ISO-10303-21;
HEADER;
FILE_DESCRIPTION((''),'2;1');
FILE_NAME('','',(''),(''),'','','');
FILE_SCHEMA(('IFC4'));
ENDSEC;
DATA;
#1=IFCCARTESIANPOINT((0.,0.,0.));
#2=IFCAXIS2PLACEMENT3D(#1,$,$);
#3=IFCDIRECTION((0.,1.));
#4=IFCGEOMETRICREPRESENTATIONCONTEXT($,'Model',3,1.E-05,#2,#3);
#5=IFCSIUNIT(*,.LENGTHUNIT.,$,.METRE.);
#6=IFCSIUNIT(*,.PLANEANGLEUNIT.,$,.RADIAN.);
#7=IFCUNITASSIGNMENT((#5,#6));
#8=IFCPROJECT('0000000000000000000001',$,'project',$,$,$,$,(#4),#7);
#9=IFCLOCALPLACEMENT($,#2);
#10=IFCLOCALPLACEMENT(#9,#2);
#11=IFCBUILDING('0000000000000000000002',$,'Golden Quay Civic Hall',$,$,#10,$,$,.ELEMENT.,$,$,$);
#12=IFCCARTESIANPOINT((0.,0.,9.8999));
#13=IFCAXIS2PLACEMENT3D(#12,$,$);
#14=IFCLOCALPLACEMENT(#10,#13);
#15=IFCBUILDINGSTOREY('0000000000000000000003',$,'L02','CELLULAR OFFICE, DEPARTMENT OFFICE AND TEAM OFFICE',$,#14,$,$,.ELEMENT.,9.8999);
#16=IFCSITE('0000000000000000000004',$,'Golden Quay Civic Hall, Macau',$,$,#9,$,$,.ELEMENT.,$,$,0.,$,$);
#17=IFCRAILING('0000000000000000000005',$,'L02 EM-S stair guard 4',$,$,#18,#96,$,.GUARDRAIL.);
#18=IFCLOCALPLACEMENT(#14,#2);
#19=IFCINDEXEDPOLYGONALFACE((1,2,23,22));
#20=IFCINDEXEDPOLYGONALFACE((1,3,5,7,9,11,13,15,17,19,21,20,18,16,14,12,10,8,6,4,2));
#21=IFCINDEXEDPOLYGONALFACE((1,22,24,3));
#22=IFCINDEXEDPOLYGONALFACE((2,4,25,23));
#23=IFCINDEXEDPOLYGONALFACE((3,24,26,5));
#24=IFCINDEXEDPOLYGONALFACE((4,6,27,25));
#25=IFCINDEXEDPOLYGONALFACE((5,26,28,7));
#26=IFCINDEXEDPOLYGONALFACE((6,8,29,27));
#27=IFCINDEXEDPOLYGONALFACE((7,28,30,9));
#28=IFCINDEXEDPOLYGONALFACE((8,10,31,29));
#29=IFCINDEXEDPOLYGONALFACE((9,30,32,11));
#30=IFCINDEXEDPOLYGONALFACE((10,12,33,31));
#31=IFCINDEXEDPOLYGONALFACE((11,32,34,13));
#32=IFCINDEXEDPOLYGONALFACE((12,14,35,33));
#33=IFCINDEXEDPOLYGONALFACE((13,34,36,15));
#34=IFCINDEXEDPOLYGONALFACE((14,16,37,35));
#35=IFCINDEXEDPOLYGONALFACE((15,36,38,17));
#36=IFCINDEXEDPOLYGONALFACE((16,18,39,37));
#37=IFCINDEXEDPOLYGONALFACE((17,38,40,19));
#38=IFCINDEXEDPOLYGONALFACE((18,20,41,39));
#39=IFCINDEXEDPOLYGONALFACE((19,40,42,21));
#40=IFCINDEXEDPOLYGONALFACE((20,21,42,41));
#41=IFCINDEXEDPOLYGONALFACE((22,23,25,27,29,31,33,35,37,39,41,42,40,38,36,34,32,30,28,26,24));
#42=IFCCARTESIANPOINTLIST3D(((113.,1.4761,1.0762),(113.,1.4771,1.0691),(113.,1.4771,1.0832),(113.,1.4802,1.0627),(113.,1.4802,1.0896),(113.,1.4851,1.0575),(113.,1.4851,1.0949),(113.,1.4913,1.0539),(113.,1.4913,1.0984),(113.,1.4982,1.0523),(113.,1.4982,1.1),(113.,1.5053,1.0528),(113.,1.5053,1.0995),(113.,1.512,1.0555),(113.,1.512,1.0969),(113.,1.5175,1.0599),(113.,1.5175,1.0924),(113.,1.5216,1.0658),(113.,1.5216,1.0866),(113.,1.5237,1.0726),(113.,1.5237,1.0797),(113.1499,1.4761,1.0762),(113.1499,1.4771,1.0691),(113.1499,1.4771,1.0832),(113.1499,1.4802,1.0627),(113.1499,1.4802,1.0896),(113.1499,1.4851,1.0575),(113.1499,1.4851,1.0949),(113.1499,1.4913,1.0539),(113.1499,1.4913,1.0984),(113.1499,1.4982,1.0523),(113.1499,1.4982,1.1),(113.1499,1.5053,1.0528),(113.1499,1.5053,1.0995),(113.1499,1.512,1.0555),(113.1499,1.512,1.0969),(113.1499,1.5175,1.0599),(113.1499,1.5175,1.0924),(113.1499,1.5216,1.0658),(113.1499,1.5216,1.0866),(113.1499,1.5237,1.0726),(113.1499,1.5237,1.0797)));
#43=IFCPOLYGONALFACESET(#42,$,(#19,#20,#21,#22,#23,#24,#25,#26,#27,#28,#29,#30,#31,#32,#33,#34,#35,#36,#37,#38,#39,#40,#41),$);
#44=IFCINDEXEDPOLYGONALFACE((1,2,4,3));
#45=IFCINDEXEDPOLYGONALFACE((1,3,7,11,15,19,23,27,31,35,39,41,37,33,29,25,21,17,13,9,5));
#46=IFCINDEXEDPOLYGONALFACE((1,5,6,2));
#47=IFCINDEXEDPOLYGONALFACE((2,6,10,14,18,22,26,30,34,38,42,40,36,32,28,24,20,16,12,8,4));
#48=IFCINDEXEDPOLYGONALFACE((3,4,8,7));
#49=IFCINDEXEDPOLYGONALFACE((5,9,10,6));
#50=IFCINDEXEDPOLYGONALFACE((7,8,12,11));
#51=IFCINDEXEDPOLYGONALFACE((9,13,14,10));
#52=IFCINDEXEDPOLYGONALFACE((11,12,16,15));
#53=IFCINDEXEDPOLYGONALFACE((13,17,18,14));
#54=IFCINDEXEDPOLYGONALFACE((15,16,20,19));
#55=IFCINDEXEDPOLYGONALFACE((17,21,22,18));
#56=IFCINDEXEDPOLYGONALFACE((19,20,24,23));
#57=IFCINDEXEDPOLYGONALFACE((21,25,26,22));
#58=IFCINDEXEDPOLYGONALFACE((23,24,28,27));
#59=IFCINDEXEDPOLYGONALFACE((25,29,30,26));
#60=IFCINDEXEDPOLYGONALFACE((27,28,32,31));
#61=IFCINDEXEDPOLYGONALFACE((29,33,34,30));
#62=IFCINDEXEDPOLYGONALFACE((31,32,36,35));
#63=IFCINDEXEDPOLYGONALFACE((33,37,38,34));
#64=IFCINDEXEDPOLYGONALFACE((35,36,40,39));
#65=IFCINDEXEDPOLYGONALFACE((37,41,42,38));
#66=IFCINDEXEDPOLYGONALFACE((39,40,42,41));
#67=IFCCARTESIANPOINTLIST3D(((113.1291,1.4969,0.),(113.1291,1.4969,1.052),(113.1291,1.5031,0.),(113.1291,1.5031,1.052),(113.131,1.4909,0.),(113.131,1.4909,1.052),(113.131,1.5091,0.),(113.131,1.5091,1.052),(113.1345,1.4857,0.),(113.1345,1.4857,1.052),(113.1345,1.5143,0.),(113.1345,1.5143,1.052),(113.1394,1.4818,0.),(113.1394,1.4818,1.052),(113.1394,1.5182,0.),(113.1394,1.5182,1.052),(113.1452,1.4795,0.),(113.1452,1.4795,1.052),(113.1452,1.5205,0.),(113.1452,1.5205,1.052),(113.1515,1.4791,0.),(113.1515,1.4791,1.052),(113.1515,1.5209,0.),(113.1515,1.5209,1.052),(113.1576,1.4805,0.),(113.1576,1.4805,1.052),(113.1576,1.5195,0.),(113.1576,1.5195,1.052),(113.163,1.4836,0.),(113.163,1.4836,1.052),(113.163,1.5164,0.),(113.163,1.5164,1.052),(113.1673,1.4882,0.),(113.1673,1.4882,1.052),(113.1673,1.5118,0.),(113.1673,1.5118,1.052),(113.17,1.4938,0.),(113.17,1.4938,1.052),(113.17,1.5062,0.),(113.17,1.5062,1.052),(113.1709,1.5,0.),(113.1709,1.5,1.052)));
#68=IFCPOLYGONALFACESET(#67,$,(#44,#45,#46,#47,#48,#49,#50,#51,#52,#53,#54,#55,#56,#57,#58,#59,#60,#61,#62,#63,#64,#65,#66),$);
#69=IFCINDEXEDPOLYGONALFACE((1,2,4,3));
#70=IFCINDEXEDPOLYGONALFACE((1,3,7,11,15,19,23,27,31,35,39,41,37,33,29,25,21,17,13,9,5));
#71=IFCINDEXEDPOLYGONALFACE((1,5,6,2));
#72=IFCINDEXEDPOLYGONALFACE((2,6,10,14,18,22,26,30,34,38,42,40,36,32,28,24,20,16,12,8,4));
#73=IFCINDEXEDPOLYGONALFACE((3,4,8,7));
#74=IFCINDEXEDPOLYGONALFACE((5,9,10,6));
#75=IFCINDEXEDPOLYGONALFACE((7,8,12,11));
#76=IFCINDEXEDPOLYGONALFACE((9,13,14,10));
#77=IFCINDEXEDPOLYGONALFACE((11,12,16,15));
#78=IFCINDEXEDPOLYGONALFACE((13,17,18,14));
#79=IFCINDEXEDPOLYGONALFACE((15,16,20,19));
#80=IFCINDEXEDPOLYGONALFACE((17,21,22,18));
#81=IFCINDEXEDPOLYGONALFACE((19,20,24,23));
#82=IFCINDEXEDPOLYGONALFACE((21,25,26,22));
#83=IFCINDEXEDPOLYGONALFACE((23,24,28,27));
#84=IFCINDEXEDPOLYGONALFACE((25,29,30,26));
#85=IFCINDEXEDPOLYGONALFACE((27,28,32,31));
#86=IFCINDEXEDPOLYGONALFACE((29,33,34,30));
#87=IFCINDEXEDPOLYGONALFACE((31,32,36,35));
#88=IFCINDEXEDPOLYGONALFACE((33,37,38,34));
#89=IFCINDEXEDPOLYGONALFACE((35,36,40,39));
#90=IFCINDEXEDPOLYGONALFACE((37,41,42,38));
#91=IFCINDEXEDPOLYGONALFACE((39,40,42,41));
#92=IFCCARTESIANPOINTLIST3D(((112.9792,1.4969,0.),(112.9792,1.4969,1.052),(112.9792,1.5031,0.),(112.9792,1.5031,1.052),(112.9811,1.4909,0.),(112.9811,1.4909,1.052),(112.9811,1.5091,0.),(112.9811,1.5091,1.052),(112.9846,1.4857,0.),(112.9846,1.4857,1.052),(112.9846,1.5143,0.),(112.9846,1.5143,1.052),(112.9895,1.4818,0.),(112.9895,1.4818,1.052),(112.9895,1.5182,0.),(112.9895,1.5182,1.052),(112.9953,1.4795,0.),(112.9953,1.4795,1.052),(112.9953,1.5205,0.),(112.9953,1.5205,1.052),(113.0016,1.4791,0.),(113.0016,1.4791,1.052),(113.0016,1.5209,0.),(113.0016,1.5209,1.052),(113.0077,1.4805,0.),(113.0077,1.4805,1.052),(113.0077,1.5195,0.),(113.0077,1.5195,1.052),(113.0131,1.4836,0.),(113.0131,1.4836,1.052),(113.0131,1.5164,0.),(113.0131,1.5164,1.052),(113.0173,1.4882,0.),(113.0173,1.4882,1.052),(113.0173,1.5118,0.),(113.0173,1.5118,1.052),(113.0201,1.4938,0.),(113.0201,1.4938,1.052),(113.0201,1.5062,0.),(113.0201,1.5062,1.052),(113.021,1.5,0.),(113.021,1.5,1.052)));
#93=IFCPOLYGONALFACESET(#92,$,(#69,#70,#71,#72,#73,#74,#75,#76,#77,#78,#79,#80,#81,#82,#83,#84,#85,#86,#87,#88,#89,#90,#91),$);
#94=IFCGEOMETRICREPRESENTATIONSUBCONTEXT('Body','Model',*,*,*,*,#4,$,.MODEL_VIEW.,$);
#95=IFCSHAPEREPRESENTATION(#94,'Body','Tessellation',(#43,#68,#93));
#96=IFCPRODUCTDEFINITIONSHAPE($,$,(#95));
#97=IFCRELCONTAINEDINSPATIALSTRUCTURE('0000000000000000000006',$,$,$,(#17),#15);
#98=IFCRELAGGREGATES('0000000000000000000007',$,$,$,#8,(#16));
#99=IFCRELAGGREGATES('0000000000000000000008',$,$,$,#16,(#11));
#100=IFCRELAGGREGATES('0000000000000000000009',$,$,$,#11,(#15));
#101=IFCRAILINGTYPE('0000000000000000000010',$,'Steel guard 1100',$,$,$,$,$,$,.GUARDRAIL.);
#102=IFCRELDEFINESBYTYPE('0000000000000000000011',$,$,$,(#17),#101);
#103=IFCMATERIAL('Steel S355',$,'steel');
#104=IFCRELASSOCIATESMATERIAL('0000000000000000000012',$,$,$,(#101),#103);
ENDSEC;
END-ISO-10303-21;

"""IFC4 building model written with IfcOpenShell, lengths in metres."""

from ifc_helpers import new_model, si_unit, direction, frame, origin, origin_2d, place, context, subcontext, project, spatial, circle, extrude, material, type_object, element, save


model = new_model("IFC4")

# Units and contexts
model_context = context("Model", 3, precision=1e-05, world=origin(), true_north=direction((0.0, 1.0)))
body_context = subcontext(model_context, "Body", "Model", "MODEL_VIEW")
ifc_project = project(units=[si_unit("LENGTHUNIT", "METRE"), si_unit("PLANEANGLEUNIT", "RADIAN")], contexts=[model_context])

# Site, building, storey
site_placement = place(None, origin())
site = spatial("IfcSite", under=ifc_project, at=site_placement, Name="Golden Quay Civic Hall, Macau", CompositionType="ELEMENT", RefElevation=0.0)
building_placement = place(site_placement, origin())
building = spatial("IfcBuilding", under=site, at=building_placement, Name="Golden Quay Civic Hall", CompositionType="ELEMENT")
storey_placement = place(building_placement, frame((0.0, 0.0, 9.8999)))
storey = spatial("IfcBuildingStorey", under=building, at=storey_placement, Name="L02", Description="CELLULAR OFFICE, DEPARTMENT OFFICE AND TEAM OFFICE", CompositionType="ELEMENT", Elevation=9.8999)

# Railing
ifc_material_1 = material(Name="Steel S355", Category="steel")
railing_type_1 = type_object("IfcRailingType", Name="Steel guard 1100", PredefinedType="GUARDRAIL", material=ifc_material_1)
railing_1_placement = place(storey_placement, frame((113.1499, 1.5, 0.0)))
element("IfcRailing", 1, at=railing_1_placement, inside=storey, type_object=railing_type_1, Name="L02 EM-S stair guard 4", PredefinedType="GUARDRAIL", context=body_context, shape_type="SweptSolid", body=[
    extrude(circle(Radius=0.0239, at=origin_2d()), frame((0.0, 0.0, 1.0762), z_axis=(-1.0, 0.0, 0.0), x_axis=(0.0, -1.0, 0.0)), (0.0, 0.0, 1.0), 0.1499),
    extrude(circle(Radius=0.021, at=origin_2d()), origin(), (0.0, 0.0, 1.0), 1.052),
    extrude(circle(Radius=0.021, at=origin_2d()), frame((-0.1499, 0.0, 0.0)), (0.0, 0.0, 1.0), 1.052),
])

save(model, "model.ifc")
